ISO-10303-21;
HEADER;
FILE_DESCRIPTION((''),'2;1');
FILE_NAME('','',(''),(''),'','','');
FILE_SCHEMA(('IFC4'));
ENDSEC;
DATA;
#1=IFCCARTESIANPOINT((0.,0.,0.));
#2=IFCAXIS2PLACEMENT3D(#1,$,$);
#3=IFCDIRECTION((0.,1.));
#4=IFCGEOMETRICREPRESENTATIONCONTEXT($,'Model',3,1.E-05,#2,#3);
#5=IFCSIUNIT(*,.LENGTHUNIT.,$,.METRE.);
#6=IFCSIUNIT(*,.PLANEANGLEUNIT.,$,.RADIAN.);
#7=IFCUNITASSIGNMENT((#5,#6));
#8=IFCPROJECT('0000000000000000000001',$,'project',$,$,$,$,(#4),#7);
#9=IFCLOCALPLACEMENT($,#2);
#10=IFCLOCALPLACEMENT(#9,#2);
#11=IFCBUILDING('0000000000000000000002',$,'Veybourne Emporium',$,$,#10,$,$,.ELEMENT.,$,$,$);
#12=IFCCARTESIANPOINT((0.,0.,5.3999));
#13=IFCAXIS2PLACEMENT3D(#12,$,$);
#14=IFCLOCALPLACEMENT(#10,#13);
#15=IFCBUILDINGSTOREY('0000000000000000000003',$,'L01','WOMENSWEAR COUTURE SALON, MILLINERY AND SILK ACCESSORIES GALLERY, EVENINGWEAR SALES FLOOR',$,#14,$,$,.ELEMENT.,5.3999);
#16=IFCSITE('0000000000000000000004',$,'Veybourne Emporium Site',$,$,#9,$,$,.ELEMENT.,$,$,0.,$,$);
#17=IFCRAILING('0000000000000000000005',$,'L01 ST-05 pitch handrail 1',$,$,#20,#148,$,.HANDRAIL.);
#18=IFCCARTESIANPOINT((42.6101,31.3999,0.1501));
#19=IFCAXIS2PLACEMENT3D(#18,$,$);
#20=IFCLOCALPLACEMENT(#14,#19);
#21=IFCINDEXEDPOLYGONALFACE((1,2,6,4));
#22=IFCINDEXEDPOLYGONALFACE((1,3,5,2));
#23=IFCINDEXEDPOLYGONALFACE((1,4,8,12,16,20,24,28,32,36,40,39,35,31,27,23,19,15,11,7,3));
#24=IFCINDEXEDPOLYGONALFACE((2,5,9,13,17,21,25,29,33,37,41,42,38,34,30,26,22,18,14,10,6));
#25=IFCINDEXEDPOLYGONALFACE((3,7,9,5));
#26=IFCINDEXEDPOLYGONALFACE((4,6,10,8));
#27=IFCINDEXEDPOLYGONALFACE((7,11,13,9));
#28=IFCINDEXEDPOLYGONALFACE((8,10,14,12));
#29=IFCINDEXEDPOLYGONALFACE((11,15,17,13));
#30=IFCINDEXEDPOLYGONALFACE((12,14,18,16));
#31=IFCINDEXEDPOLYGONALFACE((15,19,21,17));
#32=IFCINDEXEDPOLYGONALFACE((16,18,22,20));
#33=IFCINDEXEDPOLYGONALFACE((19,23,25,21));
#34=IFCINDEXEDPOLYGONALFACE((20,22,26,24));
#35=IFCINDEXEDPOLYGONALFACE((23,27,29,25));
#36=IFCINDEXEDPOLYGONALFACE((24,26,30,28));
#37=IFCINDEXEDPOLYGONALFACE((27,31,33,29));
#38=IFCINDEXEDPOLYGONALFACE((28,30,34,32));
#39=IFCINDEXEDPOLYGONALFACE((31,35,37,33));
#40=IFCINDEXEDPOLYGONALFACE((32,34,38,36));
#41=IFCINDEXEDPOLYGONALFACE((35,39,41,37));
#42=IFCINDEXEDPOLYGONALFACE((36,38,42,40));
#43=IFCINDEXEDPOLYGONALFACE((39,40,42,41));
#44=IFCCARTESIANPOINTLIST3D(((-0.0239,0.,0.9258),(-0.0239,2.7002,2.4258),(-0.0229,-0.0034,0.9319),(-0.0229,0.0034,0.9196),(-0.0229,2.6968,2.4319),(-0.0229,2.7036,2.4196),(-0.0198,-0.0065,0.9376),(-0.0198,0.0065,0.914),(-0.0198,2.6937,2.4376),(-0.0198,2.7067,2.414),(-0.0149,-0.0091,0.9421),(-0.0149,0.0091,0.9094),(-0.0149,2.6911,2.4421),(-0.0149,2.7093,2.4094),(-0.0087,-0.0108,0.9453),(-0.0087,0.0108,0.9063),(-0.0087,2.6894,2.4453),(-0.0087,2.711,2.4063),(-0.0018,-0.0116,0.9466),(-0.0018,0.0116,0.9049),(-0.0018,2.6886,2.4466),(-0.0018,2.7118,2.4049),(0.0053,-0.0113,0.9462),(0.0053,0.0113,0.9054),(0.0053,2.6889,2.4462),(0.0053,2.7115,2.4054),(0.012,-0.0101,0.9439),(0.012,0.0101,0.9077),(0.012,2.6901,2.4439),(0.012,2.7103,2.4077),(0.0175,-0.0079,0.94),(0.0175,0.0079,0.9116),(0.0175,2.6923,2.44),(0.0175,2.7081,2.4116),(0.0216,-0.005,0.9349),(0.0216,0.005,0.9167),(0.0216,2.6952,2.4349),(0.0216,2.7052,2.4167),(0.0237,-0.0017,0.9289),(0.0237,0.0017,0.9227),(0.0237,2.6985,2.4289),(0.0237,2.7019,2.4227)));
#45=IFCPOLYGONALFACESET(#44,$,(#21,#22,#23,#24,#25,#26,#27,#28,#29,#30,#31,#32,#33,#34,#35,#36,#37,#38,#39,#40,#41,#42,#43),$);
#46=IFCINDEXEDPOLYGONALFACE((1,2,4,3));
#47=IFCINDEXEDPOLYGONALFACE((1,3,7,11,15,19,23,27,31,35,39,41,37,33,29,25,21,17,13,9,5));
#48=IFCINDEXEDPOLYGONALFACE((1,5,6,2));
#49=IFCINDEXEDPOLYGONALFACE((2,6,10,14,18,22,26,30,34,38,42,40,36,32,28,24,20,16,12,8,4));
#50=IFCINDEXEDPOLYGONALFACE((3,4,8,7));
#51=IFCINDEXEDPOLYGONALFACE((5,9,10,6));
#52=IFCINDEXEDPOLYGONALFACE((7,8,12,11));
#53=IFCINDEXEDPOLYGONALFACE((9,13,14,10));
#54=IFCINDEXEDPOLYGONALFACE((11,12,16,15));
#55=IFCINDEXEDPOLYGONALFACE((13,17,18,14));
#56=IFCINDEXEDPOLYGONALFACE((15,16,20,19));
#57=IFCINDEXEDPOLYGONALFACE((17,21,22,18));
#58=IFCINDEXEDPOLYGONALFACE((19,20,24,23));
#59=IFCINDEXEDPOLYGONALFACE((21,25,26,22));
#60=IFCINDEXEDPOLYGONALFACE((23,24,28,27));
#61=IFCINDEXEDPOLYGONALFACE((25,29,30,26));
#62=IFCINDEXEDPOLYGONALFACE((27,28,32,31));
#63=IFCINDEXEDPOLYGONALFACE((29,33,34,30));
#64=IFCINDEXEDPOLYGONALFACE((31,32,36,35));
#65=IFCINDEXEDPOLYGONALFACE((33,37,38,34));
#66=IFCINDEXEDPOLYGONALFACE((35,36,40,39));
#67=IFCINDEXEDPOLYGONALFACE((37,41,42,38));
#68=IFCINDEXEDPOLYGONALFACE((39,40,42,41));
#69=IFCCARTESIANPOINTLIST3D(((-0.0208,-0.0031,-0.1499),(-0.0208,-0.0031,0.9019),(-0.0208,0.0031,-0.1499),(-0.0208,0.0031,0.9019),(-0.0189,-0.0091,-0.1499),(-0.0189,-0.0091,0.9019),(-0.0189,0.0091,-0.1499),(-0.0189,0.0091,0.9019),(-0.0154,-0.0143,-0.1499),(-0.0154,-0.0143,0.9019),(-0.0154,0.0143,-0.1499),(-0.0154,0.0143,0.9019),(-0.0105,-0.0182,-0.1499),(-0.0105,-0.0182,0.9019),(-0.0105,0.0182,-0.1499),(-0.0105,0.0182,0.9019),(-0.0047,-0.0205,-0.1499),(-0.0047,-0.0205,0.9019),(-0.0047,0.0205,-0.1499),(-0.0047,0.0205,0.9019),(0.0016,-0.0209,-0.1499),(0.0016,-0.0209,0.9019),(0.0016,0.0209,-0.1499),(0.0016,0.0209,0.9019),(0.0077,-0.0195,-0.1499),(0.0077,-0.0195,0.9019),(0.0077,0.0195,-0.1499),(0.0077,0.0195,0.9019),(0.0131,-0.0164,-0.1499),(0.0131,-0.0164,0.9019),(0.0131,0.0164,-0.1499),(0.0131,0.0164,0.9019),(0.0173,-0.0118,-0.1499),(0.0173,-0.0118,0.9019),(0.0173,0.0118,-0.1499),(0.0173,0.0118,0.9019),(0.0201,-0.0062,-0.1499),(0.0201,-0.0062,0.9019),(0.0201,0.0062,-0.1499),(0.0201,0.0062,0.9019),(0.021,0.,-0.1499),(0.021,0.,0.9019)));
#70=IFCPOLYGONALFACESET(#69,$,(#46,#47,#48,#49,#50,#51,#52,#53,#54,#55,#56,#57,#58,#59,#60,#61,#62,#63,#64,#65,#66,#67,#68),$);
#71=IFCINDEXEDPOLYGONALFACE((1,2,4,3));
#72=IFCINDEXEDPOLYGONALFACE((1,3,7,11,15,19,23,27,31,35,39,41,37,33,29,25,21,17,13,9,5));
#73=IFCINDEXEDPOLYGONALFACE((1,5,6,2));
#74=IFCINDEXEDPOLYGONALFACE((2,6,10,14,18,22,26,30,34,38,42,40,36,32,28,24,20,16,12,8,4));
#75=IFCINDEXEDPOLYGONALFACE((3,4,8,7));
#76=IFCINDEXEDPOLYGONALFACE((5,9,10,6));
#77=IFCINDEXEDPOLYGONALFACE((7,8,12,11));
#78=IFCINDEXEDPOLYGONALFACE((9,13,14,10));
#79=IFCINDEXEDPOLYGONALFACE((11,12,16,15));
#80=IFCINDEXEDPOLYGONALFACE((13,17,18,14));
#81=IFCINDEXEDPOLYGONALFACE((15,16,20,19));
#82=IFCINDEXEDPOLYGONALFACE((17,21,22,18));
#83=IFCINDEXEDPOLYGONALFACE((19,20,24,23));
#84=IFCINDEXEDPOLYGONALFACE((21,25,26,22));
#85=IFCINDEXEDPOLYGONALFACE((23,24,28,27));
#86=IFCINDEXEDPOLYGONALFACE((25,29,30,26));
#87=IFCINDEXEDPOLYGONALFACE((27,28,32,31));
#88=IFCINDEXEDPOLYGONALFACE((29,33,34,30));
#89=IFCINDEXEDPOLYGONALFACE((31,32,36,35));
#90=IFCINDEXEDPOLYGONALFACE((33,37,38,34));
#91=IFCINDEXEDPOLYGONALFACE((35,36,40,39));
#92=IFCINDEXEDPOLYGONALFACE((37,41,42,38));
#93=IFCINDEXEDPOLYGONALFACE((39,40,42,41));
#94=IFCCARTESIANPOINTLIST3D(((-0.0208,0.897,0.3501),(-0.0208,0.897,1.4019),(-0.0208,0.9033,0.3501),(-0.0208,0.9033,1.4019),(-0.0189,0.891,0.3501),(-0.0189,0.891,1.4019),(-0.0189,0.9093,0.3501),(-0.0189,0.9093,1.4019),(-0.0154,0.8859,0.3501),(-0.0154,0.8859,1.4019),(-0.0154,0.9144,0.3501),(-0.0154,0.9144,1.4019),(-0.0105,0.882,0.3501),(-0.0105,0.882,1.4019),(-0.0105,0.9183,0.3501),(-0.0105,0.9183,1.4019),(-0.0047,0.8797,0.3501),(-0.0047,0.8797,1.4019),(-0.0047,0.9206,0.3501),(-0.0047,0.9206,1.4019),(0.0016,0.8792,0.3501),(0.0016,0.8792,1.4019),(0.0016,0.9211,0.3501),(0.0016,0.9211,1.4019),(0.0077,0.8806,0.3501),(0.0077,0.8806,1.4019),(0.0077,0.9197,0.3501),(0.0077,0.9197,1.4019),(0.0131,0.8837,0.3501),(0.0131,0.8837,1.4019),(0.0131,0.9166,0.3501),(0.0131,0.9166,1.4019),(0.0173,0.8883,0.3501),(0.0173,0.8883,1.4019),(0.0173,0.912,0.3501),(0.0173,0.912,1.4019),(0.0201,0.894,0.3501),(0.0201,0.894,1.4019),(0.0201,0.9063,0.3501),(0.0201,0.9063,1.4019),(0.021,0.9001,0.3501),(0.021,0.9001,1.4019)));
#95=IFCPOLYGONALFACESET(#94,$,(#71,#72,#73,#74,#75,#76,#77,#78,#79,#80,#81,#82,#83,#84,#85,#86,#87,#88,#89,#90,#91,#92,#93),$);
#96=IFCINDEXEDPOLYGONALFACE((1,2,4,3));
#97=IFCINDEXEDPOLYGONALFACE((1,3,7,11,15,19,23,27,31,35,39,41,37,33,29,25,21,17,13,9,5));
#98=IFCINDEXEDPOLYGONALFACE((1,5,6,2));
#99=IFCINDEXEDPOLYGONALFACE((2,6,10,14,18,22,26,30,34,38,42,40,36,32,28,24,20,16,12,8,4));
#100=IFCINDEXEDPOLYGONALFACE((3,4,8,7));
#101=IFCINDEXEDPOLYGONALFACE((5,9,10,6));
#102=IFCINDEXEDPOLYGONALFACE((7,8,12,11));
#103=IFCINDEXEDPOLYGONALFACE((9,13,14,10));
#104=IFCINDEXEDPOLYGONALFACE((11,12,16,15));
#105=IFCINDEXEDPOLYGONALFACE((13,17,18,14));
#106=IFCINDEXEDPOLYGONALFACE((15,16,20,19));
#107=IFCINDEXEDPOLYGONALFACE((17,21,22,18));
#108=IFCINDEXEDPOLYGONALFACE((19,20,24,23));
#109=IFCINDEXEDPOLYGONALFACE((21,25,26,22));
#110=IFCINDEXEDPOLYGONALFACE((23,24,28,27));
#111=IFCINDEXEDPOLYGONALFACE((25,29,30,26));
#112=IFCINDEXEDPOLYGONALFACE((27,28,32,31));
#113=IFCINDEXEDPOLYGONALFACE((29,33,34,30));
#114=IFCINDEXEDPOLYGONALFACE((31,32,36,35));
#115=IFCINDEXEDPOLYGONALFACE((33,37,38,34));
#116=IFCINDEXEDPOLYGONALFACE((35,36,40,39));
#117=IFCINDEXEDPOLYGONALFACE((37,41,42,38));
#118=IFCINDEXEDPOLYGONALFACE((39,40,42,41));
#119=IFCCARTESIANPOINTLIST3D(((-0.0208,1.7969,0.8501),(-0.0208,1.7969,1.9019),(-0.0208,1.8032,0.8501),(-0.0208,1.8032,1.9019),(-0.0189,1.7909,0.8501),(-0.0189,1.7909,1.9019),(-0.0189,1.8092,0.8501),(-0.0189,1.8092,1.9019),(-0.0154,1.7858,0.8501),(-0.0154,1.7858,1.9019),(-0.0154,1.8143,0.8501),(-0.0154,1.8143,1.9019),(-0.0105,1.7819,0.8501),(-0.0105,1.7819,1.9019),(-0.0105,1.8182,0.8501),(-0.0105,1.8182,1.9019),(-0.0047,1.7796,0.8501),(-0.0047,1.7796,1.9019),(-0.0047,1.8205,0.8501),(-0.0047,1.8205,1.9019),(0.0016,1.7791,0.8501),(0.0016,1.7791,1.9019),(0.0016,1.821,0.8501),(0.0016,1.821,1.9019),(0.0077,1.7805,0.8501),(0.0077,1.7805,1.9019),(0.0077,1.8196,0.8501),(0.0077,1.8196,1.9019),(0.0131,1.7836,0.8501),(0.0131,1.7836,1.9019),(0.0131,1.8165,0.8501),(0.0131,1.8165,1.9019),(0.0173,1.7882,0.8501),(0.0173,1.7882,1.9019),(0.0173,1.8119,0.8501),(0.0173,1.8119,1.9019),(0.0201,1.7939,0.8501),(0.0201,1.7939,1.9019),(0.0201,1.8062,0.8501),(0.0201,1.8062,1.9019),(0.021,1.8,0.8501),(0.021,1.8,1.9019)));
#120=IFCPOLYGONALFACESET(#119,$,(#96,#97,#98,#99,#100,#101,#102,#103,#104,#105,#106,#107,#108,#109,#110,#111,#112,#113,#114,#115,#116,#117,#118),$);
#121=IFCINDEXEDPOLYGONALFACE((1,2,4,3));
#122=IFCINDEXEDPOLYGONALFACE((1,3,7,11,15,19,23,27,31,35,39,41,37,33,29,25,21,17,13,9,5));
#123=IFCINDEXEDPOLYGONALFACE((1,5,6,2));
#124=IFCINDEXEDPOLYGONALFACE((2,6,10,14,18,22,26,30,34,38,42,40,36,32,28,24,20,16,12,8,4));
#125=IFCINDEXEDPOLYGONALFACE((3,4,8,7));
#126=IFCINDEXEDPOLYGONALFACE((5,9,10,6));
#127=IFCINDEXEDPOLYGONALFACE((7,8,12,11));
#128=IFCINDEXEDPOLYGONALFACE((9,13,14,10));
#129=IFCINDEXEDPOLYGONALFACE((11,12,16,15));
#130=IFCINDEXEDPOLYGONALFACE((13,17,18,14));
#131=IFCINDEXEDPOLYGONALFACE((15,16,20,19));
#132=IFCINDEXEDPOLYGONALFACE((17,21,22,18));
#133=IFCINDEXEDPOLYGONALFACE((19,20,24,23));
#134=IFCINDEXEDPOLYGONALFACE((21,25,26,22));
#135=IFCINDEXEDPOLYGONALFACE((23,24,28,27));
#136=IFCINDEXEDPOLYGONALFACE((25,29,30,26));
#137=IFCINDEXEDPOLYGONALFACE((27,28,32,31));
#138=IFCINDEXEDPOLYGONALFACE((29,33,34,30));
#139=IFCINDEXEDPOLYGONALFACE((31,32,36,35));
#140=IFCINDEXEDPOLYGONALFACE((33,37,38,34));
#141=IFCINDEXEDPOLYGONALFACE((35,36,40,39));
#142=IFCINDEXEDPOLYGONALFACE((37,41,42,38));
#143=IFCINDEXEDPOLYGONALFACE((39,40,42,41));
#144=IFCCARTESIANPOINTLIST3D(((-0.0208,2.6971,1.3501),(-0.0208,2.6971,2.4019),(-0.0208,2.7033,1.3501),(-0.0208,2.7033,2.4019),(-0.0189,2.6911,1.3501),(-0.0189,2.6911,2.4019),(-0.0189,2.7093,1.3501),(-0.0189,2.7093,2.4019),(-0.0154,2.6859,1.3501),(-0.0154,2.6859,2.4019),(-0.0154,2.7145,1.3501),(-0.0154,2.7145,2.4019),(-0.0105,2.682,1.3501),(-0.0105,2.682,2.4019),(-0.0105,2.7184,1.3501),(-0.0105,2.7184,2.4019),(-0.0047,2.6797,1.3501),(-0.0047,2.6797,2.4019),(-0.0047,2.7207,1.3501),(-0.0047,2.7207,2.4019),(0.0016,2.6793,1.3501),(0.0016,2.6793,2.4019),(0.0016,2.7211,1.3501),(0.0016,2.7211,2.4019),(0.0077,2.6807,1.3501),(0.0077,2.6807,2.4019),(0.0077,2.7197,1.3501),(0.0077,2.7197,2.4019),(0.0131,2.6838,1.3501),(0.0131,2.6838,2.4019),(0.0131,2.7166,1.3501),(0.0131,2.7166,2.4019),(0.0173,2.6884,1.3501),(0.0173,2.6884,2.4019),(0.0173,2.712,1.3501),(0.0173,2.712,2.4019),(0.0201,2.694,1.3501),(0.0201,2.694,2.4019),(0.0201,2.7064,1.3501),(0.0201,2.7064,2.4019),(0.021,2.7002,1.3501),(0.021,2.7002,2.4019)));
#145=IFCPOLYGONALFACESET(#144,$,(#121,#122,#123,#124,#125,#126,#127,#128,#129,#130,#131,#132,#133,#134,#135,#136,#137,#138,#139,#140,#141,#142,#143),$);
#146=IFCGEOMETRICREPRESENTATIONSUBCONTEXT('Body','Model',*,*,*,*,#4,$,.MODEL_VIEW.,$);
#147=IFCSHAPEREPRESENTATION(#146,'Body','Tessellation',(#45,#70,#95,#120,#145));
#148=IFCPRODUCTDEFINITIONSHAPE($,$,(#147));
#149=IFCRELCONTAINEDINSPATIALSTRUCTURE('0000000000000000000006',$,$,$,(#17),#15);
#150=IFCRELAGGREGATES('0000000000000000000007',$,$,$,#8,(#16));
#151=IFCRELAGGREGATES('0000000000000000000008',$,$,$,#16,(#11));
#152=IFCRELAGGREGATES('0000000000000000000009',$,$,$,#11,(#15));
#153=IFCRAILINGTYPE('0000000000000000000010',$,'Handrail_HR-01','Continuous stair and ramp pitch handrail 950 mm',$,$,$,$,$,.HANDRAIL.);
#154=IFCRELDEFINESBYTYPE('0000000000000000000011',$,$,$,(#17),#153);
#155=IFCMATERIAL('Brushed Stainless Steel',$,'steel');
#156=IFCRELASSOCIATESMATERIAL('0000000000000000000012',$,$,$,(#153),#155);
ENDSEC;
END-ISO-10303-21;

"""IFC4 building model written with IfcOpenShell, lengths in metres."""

from ifc_helpers import new_model, si_unit, direction, frame, origin, origin_2d, place, context, subcontext, project, spatial, circle, extrude, material, type_object, element, save


model = new_model("IFC4")

# Units and contexts
model_context = context("Model", 3, precision=1e-05, world=origin(), true_north=direction((0.0, 1.0)))
body_context = subcontext(model_context, "Body", "Model", "MODEL_VIEW")
ifc_project = project(units=[si_unit("LENGTHUNIT", "METRE"), si_unit("PLANEANGLEUNIT", "RADIAN")], contexts=[model_context])

# Site, building, storey
site_placement = place(None, origin())
site = spatial("IfcSite", under=ifc_project, at=site_placement, Name="Veybourne Emporium Site", CompositionType="ELEMENT", RefElevation=0.0)
building_placement = place(site_placement, origin())
building = spatial("IfcBuilding", under=site, at=building_placement, Name="Veybourne Emporium", CompositionType="ELEMENT")
storey_placement = place(building_placement, frame((0.0, 0.0, 5.3999)))
storey = spatial("IfcBuildingStorey", under=building, at=storey_placement, Name="L01", Description="WOMENSWEAR COUTURE SALON, MILLINERY AND SILK ACCESSORIES GALLERY, EVENINGWEAR SALES FLOOR", CompositionType="ELEMENT", Elevation=5.3999)

# Railing
ifc_material_1 = material(Name="Brushed Stainless Steel", Category="steel")
railing_type_1 = type_object("IfcRailingType", Name="Handrail_HR-01", Description="Continuous stair and ramp pitch handrail 950 mm", PredefinedType="HANDRAIL", material=ifc_material_1)
railing_1_placement = place(storey_placement, frame((42.6101, 31.3999, 0.1501)))
element("IfcRailing", 1, at=railing_1_placement, inside=storey, type_object=railing_type_1, Name="L01 ST-05 pitch handrail 1", PredefinedType="HANDRAIL", context=body_context, shape_type="SweptSolid", body=[
    extrude(circle(Radius=0.0239, at=origin_2d()), frame((0.0, 0.0, 0.9258), z_axis=(0.0, 0.874172, 0.485616), x_axis=(-1.0, 0.0, 0.0)), (0.0, 0.0, 1.0), 3.0889),
    extrude(circle(Radius=0.021, at=origin_2d()), frame((0.0, 0.0, -0.1499)), (0.0, 0.0, 1.0), 1.0518),
    extrude(circle(Radius=0.021, at=origin_2d()), frame((0.0, 0.9001, 0.3501)), (0.0, 0.0, 1.0), 1.0518),
    extrude(circle(Radius=0.021, at=origin_2d()), frame((0.0, 1.8, 0.8501)), (0.0, 0.0, 1.0), 1.0518),
    extrude(circle(Radius=0.021, at=origin_2d()), frame((0.0, 2.7002, 1.3501)), (0.0, 0.0, 1.0), 1.0518),
])

save(model, "model.ifc")
